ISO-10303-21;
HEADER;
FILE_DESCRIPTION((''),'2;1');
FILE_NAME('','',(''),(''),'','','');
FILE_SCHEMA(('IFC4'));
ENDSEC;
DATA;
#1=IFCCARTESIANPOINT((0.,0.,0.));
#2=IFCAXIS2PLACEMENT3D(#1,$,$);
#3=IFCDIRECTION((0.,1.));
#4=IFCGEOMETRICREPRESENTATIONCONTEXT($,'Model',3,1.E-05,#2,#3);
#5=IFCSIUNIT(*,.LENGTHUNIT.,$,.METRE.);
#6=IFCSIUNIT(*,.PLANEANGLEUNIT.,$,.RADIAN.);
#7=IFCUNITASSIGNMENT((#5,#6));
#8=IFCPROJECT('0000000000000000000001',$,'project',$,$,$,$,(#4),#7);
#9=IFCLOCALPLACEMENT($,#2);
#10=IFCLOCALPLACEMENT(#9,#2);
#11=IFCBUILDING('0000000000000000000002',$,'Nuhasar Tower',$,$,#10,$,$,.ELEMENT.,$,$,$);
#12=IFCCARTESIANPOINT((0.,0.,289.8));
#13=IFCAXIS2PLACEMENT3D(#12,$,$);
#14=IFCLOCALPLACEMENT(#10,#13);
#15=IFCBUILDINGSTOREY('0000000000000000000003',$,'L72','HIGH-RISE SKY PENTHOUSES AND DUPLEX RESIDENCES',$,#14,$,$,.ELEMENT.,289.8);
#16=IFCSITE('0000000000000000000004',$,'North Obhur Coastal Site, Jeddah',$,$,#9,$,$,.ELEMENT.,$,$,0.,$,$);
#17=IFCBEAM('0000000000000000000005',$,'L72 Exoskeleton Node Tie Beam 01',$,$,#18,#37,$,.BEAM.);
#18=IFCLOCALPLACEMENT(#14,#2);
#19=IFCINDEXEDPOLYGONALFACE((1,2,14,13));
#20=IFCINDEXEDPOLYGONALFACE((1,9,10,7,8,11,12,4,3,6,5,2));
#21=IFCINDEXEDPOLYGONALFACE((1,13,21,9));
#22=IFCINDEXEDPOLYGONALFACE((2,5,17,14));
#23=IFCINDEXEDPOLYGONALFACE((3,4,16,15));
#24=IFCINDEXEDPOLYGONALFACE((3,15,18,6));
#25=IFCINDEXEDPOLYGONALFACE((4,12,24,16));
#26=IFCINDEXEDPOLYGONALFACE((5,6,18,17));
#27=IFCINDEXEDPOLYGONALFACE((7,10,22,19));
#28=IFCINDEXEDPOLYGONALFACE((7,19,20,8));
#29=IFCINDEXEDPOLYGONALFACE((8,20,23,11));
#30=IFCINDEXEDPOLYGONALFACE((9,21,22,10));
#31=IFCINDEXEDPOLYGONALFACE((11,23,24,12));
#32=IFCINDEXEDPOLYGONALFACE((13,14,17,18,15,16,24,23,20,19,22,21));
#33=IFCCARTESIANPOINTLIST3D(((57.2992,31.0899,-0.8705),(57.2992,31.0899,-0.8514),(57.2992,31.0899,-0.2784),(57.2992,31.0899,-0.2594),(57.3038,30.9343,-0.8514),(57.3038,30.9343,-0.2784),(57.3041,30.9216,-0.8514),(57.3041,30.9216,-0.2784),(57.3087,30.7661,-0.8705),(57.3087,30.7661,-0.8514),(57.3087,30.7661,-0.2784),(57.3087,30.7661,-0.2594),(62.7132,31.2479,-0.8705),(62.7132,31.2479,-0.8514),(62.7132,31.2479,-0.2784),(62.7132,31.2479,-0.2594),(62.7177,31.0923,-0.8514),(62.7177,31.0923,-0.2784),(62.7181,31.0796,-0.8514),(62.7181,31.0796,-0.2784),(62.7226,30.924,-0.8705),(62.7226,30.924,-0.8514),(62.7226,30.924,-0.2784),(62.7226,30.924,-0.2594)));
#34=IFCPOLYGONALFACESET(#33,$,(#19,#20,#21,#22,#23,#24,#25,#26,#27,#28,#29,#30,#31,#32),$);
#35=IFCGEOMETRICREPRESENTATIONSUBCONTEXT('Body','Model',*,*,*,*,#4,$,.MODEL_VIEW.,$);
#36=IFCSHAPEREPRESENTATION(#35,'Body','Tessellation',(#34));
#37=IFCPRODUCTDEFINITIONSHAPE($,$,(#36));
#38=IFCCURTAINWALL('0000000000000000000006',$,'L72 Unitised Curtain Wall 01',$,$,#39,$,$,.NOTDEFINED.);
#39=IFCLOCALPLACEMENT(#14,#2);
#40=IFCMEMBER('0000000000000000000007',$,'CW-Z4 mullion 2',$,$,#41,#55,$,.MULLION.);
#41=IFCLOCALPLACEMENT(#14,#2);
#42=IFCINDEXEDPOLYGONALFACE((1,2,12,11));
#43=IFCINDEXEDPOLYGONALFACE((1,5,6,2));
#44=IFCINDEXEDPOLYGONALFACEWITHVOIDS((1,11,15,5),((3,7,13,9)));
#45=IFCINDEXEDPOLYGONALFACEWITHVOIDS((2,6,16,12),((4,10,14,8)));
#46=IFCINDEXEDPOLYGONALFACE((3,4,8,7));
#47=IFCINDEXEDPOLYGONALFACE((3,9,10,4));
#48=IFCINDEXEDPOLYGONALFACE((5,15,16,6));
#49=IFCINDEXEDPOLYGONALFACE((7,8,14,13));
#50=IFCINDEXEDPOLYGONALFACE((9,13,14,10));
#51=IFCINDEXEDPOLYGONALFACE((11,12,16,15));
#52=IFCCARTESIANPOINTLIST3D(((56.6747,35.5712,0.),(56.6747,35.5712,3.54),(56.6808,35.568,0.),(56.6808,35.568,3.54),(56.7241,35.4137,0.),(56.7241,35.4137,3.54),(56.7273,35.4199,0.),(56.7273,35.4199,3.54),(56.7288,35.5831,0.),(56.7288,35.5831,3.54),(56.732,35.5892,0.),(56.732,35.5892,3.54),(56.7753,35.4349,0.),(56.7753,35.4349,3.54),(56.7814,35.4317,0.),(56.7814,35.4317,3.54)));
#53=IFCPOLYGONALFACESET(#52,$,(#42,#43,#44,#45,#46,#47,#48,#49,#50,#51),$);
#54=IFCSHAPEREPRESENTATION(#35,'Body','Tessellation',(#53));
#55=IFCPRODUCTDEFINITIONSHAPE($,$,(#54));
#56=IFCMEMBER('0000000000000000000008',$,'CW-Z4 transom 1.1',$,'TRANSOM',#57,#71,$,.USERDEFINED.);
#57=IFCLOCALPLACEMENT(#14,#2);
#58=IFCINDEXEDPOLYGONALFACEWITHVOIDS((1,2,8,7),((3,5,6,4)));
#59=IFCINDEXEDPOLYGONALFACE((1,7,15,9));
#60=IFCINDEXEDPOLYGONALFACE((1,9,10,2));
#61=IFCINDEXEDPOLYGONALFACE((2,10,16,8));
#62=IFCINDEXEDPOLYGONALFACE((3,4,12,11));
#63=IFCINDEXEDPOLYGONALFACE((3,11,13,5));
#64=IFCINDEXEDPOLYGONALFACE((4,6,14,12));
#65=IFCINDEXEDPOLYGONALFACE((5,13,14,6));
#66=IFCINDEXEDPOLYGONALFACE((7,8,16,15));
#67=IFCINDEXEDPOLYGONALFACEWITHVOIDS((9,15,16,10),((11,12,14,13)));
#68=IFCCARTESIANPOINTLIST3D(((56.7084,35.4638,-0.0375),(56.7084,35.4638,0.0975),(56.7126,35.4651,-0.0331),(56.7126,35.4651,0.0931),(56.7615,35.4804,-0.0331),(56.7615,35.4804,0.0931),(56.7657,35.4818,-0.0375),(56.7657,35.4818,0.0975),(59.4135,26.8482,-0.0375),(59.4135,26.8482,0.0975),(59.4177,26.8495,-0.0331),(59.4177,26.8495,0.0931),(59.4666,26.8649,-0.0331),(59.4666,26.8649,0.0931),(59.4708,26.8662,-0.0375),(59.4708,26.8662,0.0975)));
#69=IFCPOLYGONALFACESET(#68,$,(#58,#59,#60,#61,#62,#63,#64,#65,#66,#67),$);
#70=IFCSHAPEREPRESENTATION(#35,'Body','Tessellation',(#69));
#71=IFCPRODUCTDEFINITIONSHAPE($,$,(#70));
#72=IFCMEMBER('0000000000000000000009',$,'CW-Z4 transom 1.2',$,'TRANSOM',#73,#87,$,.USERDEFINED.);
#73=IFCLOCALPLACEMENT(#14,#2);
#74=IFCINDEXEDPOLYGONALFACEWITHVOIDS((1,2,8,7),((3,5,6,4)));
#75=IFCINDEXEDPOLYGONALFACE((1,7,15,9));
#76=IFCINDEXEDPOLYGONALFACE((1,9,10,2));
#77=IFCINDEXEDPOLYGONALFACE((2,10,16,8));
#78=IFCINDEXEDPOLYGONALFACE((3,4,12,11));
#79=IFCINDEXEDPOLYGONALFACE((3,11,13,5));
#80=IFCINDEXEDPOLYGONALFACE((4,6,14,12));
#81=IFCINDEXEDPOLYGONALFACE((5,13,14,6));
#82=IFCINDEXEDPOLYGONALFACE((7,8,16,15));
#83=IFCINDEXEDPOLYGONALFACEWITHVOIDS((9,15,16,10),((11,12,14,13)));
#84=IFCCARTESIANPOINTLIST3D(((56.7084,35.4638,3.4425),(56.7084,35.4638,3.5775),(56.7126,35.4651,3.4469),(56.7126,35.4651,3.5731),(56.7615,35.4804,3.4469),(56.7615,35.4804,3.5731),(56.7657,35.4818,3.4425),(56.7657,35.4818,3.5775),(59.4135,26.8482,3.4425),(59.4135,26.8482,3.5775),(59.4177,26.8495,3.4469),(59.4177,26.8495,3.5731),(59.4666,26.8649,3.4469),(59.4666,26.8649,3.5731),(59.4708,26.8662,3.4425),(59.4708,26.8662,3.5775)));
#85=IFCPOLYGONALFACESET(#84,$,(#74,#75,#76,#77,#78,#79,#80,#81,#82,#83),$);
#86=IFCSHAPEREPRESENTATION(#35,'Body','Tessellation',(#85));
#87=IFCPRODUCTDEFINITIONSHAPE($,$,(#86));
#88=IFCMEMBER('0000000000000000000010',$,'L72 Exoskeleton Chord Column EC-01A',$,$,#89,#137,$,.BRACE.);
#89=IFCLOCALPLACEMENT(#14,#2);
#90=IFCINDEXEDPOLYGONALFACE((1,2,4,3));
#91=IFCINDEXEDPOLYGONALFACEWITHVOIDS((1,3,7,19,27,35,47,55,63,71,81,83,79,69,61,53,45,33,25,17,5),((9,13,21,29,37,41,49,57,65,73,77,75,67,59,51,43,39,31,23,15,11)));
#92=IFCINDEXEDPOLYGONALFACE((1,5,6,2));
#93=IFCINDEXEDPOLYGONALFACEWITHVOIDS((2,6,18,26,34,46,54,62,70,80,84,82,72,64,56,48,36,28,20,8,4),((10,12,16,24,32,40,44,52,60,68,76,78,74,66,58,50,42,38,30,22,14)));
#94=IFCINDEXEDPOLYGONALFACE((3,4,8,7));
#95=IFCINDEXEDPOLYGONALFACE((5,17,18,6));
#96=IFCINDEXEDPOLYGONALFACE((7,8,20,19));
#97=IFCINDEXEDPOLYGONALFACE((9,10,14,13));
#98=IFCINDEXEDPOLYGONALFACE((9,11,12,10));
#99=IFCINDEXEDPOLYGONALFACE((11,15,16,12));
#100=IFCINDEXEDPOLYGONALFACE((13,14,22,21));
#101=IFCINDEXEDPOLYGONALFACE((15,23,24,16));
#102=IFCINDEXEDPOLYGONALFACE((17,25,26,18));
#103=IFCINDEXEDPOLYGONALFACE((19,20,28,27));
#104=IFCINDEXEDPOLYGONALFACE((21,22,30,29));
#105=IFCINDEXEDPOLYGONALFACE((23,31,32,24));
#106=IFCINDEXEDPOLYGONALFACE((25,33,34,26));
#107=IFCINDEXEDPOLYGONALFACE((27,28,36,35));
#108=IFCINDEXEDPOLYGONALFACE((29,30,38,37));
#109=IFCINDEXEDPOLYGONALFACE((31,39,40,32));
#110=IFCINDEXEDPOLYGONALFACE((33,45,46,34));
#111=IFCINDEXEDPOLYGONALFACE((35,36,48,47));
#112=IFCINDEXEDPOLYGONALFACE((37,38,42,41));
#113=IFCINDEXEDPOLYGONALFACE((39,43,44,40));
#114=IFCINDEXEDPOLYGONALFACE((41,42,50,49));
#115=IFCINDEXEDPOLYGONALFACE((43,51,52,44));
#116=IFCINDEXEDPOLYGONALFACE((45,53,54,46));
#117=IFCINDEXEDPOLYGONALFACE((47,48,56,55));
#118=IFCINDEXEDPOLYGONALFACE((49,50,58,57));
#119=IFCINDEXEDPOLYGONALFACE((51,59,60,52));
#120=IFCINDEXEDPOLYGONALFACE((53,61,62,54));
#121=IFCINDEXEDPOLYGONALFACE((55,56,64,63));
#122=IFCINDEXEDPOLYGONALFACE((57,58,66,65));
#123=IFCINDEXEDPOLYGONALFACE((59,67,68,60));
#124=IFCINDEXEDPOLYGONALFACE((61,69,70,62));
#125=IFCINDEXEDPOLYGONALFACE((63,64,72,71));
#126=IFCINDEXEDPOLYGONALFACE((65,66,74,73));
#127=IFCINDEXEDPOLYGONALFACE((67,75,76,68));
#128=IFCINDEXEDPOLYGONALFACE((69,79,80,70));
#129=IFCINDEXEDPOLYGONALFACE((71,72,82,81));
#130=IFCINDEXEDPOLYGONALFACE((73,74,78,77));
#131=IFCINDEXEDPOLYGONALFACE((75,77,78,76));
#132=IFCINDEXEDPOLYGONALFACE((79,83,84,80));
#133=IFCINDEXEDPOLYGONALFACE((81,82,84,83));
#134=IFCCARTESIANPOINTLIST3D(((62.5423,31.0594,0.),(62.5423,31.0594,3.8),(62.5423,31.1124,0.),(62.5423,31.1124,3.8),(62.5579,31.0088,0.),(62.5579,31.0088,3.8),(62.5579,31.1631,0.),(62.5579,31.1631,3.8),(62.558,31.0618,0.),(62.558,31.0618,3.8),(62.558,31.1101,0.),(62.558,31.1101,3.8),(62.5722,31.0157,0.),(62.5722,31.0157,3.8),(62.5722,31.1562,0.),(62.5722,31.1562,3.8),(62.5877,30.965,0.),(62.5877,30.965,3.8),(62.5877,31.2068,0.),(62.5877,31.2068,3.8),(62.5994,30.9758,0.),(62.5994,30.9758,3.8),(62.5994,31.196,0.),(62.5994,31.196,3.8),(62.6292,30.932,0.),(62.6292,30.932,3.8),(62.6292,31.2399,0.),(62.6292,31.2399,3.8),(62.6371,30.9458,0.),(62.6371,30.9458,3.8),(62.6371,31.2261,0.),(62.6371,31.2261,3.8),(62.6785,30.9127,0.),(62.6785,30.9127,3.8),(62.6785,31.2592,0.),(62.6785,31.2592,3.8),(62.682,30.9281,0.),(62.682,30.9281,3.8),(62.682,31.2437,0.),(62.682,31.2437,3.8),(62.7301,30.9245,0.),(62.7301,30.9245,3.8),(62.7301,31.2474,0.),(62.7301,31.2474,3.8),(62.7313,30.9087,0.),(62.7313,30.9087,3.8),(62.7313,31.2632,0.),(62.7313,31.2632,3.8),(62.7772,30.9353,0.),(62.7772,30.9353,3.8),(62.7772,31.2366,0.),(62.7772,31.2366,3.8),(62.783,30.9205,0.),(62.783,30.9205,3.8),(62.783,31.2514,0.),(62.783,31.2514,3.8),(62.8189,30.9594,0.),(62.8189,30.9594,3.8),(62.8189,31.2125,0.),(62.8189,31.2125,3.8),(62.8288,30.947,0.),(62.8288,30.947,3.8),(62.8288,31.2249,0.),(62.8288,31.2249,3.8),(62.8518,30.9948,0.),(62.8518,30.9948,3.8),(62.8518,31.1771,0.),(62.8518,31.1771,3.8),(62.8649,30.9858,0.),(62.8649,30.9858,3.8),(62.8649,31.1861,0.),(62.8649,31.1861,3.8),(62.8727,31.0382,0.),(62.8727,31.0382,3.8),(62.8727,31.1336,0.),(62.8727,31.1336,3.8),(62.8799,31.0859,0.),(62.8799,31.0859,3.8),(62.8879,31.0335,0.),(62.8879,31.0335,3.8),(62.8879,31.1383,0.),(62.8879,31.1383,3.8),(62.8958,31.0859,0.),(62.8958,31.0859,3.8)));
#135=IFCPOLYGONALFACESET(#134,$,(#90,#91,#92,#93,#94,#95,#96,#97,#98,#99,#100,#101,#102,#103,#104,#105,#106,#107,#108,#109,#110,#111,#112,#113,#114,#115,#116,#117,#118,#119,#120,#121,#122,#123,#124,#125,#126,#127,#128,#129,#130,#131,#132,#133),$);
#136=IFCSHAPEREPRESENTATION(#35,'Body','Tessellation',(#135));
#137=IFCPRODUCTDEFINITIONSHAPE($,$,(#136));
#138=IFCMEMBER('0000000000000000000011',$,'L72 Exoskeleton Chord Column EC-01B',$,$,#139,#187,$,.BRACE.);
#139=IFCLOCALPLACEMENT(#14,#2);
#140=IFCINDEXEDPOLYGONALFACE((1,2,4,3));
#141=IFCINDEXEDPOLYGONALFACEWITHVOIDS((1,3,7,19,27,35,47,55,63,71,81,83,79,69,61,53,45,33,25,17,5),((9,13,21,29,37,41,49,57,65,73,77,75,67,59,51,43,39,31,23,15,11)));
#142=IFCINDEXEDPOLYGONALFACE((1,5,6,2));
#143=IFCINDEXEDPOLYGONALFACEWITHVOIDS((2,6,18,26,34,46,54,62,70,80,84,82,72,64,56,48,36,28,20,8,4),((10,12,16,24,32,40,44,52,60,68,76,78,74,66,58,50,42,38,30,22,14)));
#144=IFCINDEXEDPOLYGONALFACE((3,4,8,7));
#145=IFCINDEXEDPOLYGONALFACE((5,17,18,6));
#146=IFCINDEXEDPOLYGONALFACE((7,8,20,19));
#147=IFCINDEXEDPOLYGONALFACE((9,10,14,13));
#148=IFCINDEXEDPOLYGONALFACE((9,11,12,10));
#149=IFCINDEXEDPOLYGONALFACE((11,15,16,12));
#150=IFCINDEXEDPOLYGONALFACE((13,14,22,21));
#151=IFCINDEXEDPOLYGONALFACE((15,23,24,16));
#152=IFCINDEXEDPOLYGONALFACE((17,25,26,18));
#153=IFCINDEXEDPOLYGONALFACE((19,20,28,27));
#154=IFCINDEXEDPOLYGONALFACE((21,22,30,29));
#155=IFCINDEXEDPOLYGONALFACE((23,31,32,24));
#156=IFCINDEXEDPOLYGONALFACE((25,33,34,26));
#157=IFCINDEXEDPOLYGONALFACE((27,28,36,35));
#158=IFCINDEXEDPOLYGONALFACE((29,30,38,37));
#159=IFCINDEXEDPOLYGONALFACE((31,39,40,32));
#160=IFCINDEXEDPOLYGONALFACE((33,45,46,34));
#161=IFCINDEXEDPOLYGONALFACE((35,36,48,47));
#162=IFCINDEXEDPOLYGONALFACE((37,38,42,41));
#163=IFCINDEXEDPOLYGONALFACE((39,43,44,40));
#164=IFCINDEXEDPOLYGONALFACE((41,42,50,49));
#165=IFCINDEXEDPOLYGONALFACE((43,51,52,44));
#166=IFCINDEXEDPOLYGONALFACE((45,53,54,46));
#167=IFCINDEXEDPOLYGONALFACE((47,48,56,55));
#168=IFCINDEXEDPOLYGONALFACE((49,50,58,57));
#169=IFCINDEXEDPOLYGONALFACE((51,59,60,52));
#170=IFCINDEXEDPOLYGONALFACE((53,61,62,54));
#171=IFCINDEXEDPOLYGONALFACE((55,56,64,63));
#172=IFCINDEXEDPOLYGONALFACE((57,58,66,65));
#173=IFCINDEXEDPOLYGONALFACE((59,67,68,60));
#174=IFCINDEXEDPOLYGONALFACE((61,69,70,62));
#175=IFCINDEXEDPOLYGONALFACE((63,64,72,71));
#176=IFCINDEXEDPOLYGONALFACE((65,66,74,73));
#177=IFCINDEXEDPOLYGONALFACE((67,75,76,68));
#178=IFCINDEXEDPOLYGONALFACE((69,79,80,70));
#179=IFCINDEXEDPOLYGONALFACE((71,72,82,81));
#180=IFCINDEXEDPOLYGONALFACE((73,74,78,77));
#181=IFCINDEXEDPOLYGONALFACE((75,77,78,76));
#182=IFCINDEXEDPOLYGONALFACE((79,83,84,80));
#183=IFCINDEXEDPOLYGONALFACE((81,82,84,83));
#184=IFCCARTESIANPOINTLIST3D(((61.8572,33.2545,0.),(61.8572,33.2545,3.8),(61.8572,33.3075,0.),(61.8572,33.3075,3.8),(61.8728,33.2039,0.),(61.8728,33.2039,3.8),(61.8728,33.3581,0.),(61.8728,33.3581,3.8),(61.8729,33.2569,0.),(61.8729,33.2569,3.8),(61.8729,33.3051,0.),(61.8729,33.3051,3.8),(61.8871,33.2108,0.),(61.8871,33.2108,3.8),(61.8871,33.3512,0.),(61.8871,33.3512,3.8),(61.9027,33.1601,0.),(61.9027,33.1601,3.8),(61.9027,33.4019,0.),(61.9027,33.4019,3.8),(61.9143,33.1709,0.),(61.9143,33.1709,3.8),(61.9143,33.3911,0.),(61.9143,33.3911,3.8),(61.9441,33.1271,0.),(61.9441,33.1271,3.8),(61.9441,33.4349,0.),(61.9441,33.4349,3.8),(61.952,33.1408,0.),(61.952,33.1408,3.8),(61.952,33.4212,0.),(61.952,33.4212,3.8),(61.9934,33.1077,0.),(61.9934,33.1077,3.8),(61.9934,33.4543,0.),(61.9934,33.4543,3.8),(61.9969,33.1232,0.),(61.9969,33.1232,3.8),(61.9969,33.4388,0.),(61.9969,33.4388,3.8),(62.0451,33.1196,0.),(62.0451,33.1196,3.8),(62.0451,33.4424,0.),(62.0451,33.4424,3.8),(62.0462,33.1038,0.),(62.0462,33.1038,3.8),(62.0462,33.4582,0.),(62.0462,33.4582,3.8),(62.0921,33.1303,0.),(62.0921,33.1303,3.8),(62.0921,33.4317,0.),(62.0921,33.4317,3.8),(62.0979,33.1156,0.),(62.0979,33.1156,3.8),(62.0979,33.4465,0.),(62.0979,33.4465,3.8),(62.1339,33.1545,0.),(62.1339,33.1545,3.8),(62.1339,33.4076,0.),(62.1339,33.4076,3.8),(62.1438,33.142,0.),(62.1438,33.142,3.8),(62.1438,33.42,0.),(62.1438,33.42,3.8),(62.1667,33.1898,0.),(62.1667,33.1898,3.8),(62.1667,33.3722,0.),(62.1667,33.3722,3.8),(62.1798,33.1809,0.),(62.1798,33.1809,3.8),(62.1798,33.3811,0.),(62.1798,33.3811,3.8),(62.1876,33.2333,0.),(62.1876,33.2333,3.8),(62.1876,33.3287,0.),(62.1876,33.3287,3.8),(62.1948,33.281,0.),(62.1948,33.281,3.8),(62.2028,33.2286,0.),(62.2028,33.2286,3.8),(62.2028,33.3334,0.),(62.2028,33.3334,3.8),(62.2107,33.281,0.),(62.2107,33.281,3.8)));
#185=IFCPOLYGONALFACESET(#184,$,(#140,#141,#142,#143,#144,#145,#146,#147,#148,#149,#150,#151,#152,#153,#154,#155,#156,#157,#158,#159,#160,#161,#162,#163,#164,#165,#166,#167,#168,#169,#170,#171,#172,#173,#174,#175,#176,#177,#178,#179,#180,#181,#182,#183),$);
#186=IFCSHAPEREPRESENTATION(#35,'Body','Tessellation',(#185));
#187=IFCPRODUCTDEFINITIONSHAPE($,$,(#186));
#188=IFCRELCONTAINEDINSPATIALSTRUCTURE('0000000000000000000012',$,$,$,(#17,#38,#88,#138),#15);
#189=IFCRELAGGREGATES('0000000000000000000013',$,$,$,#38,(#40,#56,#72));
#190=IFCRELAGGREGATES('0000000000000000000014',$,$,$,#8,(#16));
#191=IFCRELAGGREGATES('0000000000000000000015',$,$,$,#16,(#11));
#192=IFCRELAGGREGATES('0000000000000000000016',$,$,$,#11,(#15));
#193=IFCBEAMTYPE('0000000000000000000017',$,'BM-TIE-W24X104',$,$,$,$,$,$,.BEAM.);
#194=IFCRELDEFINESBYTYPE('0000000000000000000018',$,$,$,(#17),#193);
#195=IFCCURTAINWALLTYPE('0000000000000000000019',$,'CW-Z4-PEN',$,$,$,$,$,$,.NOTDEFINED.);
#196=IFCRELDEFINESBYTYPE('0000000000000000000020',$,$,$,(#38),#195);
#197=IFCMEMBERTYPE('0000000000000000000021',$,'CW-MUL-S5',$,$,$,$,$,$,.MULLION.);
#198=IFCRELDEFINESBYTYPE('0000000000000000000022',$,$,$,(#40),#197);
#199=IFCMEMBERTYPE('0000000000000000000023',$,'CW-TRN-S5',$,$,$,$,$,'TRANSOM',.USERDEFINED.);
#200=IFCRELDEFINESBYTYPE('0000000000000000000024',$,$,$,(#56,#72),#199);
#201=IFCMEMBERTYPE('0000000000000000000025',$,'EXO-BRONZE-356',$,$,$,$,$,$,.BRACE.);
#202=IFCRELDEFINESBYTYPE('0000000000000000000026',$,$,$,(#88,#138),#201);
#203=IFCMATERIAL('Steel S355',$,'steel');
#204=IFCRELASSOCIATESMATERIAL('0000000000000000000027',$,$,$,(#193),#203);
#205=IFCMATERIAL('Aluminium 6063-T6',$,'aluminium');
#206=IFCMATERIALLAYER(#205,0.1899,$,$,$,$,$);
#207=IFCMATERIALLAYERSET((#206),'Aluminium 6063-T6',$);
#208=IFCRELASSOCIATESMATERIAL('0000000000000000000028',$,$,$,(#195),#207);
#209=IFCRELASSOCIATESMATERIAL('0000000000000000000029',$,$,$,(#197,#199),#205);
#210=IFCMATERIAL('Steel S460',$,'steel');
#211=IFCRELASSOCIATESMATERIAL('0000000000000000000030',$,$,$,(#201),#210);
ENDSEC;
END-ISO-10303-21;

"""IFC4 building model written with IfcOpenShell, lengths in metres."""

from ifc_helpers import new_model, si_unit, direction, frame, origin, origin_2d, place, context, subcontext, project, spatial, hollow_rectangle, hollow_circle, i_section, extrude, material, layer, layer_set, material_profile, profile_set, type_object, element, aggregate, save


model = new_model("IFC4")

# Units and contexts
model_context = context("Model", 3, precision=1e-05, world=origin(), true_north=direction((0.0, 1.0)))
body_context = subcontext(model_context, "Body", "Model", "MODEL_VIEW")
ifc_project = project(units=[si_unit("LENGTHUNIT", "METRE"), si_unit("PLANEANGLEUNIT", "RADIAN")], contexts=[model_context])

# Site, building, storey
site_placement = place(None, origin())
site = spatial("IfcSite", under=ifc_project, at=site_placement, Name="North Obhur Coastal Site, Jeddah", CompositionType="ELEMENT", RefElevation=0.0)
building_placement = place(site_placement, origin())
building = spatial("IfcBuilding", under=site, at=building_placement, Name="Nuhasar Tower", CompositionType="ELEMENT")
storey_placement = place(building_placement, frame((0.0, 0.0, 289.8)))
storey = spatial("IfcBuildingStorey", under=building, at=storey_placement, Name="L72", Description="HIGH-RISE SKY PENTHOUSES AND DUPLEX RESIDENCES", CompositionType="ELEMENT", Elevation=289.8)

# Beam
ifc_material_1 = material(Name="Steel S355", Category="steel")
ifc_material_profile_1 = material_profile(ifc_material_1, i_section(OverallWidth=0.324, OverallDepth=0.6111, WebThickness=0.0127, FlangeThickness=0.019, at=origin_2d()), Name="W24X104")
ifc_profile_set_1 = profile_set([ifc_material_profile_1], Name="Steel S355")
beam_type_1 = type_object("IfcBeamType", Name="BM-TIE-W24X104", PredefinedType="BEAM", material=ifc_profile_set_1)
beam_1_placement = place(storey_placement, frame((57.304, 30.928, -0.5649), z_axis=(0.999575, 0.029163, 0.0), x_axis=(-0.029163, 0.999575, 0.0)))
element("IfcBeam", 1, at=beam_1_placement, inside=storey, type_object=beam_type_1, Name="L72 Exoskeleton Node Tie Beam 01", PredefinedType="BEAM", context=body_context, shape_type="SweptSolid", body=[
    extrude(i_section(OverallWidth=0.324, OverallDepth=0.6111, WebThickness=0.0127, FlangeThickness=0.019, at=origin_2d()), origin(), (0.0, 0.0, 1.0), 5.4163),
])

# Curtain wall, members
ifc_material_2 = material(Name="Aluminium 6063-T6", Category="aluminium")
ifc_layer_1 = layer(ifc_material_2, 0.1899)
ifc_layer_set_1 = layer_set([ifc_layer_1], Name="Aluminium 6063-T6")
curtain_wall_type = type_object("IfcCurtainWallType", Name="CW-Z4-PEN", PredefinedType="NOTDEFINED", material=ifc_layer_set_1)
curtain_wall_placement = place(storey_placement, origin())
curtain_wall = element("IfcCurtainWall", 2, at=curtain_wall_placement, inside=storey, type_object=curtain_wall_type, Name="L72 Unitised Curtain Wall 01", PredefinedType="NOTDEFINED")
ifc_material_profile_2 = material_profile(ifc_material_2, hollow_rectangle(XDim=0.0601, YDim=0.165, WallThickness=0.0049, at=origin_2d()), Name="CWM-5")
ifc_profile_set_2 = profile_set([ifc_material_profile_2], Name="Aluminium 6063-T6")
member_type_1 = type_object("IfcMemberType", Name="CW-MUL-S5", PredefinedType="MULLION", material=ifc_profile_set_2)
member_1_placement = place(storey_placement, frame((56.728, 35.5015, 0.0), z_axis=(0.0, 0.0, 1.0), x_axis=(-0.954079, -0.299557, 0.0)))
member_1 = element("IfcMember", 3, at=member_1_placement, type_object=member_type_1, Name="CW-Z4 mullion 2", PredefinedType="MULLION", context=body_context, shape_type="SweptSolid", body=[
    extrude(hollow_rectangle(XDim=0.0601, YDim=0.165, WallThickness=0.0049, at=origin_2d()), origin(), (0.0, 0.0, 1.0), 3.54),
])
ifc_material_profile_3 = material_profile(ifc_material_2, hollow_rectangle(XDim=0.0601, YDim=0.135, WallThickness=0.0044, at=origin_2d()), Name="CWT-5")
ifc_profile_set_3 = profile_set([ifc_material_profile_3], Name="Aluminium 6063-T6")
member_type_2 = type_object("IfcMemberType", Name="CW-TRN-S5", ElementType="TRANSOM", PredefinedType="USERDEFINED", material=ifc_profile_set_3)
member_2_placement = place(storey_placement, frame((59.4421, 26.8572, 0.03), z_axis=(-0.29956, 0.954077, 0.0), x_axis=(-0.954077, -0.29956, 0.0)))
member_2 = element("IfcMember", 4, at=member_2_placement, type_object=member_type_2, Name="CW-Z4 transom 1.1", ObjectType="TRANSOM", PredefinedType="USERDEFINED", context=body_context, shape_type="SweptSolid", body=[
    extrude(hollow_rectangle(XDim=0.0601, YDim=0.135, WallThickness=0.0044, at=origin_2d()), origin(), (0.0, 0.0, 1.0), 9.0303),
])
member_3_placement = place(storey_placement, frame((59.4421, 26.8572, 3.51), z_axis=(-0.29956, 0.954077, 0.0), x_axis=(-0.954077, -0.29956, 0.0)))
member_3 = element("IfcMember", 5, at=member_3_placement, type_object=member_type_2, Name="CW-Z4 transom 1.2", ObjectType="TRANSOM", PredefinedType="USERDEFINED", context=body_context, shape_type="SweptSolid", body=[
    extrude(hollow_rectangle(XDim=0.0601, YDim=0.135, WallThickness=0.0044, at=origin_2d()), origin(), (0.0, 0.0, 1.0), 9.0303),
])

# Members
ifc_material_3 = material(Name="Steel S460", Category="steel")
ifc_material_profile_4 = material_profile(ifc_material_3, hollow_circle(Radius=0.1777, WallThickness=0.0159, at=origin_2d()), Name="HSS355.6X15.9")
ifc_profile_set_4 = profile_set([ifc_material_profile_4], Name="Steel S460")
member_type_3 = type_object("IfcMemberType", Name="EXO-BRONZE-356", PredefinedType="BRACE", material=ifc_profile_set_4)
for number, where, z_axis, x_axis, name in (
    (6, (62.718, 31.0859, 0.0), (0.0, 0.0, 1.0), (1.0, 0.0, 0.0), "L72 Exoskeleton Chord Column EC-01A"),
    (7, (62.033, 33.281, 0.0), (0.0, 0.0, 1.0), (1.0, 0.0, 0.0), "L72 Exoskeleton Chord Column EC-01B"),
):
    element("IfcMember", number, at=place(storey_placement, frame(where, z_axis=z_axis, x_axis=x_axis)), inside=storey, type_object=member_type_3, Name=name, PredefinedType="BRACE", context=body_context, shape_type="SweptSolid", body=[
        extrude(hollow_circle(Radius=0.1777, WallThickness=0.0159, at=origin_2d()), origin(), (0.0, 0.0, 1.0), 3.8),
    ])

aggregate(curtain_wall, [member_1, member_2, member_3])

save(model, "model.ifc")
